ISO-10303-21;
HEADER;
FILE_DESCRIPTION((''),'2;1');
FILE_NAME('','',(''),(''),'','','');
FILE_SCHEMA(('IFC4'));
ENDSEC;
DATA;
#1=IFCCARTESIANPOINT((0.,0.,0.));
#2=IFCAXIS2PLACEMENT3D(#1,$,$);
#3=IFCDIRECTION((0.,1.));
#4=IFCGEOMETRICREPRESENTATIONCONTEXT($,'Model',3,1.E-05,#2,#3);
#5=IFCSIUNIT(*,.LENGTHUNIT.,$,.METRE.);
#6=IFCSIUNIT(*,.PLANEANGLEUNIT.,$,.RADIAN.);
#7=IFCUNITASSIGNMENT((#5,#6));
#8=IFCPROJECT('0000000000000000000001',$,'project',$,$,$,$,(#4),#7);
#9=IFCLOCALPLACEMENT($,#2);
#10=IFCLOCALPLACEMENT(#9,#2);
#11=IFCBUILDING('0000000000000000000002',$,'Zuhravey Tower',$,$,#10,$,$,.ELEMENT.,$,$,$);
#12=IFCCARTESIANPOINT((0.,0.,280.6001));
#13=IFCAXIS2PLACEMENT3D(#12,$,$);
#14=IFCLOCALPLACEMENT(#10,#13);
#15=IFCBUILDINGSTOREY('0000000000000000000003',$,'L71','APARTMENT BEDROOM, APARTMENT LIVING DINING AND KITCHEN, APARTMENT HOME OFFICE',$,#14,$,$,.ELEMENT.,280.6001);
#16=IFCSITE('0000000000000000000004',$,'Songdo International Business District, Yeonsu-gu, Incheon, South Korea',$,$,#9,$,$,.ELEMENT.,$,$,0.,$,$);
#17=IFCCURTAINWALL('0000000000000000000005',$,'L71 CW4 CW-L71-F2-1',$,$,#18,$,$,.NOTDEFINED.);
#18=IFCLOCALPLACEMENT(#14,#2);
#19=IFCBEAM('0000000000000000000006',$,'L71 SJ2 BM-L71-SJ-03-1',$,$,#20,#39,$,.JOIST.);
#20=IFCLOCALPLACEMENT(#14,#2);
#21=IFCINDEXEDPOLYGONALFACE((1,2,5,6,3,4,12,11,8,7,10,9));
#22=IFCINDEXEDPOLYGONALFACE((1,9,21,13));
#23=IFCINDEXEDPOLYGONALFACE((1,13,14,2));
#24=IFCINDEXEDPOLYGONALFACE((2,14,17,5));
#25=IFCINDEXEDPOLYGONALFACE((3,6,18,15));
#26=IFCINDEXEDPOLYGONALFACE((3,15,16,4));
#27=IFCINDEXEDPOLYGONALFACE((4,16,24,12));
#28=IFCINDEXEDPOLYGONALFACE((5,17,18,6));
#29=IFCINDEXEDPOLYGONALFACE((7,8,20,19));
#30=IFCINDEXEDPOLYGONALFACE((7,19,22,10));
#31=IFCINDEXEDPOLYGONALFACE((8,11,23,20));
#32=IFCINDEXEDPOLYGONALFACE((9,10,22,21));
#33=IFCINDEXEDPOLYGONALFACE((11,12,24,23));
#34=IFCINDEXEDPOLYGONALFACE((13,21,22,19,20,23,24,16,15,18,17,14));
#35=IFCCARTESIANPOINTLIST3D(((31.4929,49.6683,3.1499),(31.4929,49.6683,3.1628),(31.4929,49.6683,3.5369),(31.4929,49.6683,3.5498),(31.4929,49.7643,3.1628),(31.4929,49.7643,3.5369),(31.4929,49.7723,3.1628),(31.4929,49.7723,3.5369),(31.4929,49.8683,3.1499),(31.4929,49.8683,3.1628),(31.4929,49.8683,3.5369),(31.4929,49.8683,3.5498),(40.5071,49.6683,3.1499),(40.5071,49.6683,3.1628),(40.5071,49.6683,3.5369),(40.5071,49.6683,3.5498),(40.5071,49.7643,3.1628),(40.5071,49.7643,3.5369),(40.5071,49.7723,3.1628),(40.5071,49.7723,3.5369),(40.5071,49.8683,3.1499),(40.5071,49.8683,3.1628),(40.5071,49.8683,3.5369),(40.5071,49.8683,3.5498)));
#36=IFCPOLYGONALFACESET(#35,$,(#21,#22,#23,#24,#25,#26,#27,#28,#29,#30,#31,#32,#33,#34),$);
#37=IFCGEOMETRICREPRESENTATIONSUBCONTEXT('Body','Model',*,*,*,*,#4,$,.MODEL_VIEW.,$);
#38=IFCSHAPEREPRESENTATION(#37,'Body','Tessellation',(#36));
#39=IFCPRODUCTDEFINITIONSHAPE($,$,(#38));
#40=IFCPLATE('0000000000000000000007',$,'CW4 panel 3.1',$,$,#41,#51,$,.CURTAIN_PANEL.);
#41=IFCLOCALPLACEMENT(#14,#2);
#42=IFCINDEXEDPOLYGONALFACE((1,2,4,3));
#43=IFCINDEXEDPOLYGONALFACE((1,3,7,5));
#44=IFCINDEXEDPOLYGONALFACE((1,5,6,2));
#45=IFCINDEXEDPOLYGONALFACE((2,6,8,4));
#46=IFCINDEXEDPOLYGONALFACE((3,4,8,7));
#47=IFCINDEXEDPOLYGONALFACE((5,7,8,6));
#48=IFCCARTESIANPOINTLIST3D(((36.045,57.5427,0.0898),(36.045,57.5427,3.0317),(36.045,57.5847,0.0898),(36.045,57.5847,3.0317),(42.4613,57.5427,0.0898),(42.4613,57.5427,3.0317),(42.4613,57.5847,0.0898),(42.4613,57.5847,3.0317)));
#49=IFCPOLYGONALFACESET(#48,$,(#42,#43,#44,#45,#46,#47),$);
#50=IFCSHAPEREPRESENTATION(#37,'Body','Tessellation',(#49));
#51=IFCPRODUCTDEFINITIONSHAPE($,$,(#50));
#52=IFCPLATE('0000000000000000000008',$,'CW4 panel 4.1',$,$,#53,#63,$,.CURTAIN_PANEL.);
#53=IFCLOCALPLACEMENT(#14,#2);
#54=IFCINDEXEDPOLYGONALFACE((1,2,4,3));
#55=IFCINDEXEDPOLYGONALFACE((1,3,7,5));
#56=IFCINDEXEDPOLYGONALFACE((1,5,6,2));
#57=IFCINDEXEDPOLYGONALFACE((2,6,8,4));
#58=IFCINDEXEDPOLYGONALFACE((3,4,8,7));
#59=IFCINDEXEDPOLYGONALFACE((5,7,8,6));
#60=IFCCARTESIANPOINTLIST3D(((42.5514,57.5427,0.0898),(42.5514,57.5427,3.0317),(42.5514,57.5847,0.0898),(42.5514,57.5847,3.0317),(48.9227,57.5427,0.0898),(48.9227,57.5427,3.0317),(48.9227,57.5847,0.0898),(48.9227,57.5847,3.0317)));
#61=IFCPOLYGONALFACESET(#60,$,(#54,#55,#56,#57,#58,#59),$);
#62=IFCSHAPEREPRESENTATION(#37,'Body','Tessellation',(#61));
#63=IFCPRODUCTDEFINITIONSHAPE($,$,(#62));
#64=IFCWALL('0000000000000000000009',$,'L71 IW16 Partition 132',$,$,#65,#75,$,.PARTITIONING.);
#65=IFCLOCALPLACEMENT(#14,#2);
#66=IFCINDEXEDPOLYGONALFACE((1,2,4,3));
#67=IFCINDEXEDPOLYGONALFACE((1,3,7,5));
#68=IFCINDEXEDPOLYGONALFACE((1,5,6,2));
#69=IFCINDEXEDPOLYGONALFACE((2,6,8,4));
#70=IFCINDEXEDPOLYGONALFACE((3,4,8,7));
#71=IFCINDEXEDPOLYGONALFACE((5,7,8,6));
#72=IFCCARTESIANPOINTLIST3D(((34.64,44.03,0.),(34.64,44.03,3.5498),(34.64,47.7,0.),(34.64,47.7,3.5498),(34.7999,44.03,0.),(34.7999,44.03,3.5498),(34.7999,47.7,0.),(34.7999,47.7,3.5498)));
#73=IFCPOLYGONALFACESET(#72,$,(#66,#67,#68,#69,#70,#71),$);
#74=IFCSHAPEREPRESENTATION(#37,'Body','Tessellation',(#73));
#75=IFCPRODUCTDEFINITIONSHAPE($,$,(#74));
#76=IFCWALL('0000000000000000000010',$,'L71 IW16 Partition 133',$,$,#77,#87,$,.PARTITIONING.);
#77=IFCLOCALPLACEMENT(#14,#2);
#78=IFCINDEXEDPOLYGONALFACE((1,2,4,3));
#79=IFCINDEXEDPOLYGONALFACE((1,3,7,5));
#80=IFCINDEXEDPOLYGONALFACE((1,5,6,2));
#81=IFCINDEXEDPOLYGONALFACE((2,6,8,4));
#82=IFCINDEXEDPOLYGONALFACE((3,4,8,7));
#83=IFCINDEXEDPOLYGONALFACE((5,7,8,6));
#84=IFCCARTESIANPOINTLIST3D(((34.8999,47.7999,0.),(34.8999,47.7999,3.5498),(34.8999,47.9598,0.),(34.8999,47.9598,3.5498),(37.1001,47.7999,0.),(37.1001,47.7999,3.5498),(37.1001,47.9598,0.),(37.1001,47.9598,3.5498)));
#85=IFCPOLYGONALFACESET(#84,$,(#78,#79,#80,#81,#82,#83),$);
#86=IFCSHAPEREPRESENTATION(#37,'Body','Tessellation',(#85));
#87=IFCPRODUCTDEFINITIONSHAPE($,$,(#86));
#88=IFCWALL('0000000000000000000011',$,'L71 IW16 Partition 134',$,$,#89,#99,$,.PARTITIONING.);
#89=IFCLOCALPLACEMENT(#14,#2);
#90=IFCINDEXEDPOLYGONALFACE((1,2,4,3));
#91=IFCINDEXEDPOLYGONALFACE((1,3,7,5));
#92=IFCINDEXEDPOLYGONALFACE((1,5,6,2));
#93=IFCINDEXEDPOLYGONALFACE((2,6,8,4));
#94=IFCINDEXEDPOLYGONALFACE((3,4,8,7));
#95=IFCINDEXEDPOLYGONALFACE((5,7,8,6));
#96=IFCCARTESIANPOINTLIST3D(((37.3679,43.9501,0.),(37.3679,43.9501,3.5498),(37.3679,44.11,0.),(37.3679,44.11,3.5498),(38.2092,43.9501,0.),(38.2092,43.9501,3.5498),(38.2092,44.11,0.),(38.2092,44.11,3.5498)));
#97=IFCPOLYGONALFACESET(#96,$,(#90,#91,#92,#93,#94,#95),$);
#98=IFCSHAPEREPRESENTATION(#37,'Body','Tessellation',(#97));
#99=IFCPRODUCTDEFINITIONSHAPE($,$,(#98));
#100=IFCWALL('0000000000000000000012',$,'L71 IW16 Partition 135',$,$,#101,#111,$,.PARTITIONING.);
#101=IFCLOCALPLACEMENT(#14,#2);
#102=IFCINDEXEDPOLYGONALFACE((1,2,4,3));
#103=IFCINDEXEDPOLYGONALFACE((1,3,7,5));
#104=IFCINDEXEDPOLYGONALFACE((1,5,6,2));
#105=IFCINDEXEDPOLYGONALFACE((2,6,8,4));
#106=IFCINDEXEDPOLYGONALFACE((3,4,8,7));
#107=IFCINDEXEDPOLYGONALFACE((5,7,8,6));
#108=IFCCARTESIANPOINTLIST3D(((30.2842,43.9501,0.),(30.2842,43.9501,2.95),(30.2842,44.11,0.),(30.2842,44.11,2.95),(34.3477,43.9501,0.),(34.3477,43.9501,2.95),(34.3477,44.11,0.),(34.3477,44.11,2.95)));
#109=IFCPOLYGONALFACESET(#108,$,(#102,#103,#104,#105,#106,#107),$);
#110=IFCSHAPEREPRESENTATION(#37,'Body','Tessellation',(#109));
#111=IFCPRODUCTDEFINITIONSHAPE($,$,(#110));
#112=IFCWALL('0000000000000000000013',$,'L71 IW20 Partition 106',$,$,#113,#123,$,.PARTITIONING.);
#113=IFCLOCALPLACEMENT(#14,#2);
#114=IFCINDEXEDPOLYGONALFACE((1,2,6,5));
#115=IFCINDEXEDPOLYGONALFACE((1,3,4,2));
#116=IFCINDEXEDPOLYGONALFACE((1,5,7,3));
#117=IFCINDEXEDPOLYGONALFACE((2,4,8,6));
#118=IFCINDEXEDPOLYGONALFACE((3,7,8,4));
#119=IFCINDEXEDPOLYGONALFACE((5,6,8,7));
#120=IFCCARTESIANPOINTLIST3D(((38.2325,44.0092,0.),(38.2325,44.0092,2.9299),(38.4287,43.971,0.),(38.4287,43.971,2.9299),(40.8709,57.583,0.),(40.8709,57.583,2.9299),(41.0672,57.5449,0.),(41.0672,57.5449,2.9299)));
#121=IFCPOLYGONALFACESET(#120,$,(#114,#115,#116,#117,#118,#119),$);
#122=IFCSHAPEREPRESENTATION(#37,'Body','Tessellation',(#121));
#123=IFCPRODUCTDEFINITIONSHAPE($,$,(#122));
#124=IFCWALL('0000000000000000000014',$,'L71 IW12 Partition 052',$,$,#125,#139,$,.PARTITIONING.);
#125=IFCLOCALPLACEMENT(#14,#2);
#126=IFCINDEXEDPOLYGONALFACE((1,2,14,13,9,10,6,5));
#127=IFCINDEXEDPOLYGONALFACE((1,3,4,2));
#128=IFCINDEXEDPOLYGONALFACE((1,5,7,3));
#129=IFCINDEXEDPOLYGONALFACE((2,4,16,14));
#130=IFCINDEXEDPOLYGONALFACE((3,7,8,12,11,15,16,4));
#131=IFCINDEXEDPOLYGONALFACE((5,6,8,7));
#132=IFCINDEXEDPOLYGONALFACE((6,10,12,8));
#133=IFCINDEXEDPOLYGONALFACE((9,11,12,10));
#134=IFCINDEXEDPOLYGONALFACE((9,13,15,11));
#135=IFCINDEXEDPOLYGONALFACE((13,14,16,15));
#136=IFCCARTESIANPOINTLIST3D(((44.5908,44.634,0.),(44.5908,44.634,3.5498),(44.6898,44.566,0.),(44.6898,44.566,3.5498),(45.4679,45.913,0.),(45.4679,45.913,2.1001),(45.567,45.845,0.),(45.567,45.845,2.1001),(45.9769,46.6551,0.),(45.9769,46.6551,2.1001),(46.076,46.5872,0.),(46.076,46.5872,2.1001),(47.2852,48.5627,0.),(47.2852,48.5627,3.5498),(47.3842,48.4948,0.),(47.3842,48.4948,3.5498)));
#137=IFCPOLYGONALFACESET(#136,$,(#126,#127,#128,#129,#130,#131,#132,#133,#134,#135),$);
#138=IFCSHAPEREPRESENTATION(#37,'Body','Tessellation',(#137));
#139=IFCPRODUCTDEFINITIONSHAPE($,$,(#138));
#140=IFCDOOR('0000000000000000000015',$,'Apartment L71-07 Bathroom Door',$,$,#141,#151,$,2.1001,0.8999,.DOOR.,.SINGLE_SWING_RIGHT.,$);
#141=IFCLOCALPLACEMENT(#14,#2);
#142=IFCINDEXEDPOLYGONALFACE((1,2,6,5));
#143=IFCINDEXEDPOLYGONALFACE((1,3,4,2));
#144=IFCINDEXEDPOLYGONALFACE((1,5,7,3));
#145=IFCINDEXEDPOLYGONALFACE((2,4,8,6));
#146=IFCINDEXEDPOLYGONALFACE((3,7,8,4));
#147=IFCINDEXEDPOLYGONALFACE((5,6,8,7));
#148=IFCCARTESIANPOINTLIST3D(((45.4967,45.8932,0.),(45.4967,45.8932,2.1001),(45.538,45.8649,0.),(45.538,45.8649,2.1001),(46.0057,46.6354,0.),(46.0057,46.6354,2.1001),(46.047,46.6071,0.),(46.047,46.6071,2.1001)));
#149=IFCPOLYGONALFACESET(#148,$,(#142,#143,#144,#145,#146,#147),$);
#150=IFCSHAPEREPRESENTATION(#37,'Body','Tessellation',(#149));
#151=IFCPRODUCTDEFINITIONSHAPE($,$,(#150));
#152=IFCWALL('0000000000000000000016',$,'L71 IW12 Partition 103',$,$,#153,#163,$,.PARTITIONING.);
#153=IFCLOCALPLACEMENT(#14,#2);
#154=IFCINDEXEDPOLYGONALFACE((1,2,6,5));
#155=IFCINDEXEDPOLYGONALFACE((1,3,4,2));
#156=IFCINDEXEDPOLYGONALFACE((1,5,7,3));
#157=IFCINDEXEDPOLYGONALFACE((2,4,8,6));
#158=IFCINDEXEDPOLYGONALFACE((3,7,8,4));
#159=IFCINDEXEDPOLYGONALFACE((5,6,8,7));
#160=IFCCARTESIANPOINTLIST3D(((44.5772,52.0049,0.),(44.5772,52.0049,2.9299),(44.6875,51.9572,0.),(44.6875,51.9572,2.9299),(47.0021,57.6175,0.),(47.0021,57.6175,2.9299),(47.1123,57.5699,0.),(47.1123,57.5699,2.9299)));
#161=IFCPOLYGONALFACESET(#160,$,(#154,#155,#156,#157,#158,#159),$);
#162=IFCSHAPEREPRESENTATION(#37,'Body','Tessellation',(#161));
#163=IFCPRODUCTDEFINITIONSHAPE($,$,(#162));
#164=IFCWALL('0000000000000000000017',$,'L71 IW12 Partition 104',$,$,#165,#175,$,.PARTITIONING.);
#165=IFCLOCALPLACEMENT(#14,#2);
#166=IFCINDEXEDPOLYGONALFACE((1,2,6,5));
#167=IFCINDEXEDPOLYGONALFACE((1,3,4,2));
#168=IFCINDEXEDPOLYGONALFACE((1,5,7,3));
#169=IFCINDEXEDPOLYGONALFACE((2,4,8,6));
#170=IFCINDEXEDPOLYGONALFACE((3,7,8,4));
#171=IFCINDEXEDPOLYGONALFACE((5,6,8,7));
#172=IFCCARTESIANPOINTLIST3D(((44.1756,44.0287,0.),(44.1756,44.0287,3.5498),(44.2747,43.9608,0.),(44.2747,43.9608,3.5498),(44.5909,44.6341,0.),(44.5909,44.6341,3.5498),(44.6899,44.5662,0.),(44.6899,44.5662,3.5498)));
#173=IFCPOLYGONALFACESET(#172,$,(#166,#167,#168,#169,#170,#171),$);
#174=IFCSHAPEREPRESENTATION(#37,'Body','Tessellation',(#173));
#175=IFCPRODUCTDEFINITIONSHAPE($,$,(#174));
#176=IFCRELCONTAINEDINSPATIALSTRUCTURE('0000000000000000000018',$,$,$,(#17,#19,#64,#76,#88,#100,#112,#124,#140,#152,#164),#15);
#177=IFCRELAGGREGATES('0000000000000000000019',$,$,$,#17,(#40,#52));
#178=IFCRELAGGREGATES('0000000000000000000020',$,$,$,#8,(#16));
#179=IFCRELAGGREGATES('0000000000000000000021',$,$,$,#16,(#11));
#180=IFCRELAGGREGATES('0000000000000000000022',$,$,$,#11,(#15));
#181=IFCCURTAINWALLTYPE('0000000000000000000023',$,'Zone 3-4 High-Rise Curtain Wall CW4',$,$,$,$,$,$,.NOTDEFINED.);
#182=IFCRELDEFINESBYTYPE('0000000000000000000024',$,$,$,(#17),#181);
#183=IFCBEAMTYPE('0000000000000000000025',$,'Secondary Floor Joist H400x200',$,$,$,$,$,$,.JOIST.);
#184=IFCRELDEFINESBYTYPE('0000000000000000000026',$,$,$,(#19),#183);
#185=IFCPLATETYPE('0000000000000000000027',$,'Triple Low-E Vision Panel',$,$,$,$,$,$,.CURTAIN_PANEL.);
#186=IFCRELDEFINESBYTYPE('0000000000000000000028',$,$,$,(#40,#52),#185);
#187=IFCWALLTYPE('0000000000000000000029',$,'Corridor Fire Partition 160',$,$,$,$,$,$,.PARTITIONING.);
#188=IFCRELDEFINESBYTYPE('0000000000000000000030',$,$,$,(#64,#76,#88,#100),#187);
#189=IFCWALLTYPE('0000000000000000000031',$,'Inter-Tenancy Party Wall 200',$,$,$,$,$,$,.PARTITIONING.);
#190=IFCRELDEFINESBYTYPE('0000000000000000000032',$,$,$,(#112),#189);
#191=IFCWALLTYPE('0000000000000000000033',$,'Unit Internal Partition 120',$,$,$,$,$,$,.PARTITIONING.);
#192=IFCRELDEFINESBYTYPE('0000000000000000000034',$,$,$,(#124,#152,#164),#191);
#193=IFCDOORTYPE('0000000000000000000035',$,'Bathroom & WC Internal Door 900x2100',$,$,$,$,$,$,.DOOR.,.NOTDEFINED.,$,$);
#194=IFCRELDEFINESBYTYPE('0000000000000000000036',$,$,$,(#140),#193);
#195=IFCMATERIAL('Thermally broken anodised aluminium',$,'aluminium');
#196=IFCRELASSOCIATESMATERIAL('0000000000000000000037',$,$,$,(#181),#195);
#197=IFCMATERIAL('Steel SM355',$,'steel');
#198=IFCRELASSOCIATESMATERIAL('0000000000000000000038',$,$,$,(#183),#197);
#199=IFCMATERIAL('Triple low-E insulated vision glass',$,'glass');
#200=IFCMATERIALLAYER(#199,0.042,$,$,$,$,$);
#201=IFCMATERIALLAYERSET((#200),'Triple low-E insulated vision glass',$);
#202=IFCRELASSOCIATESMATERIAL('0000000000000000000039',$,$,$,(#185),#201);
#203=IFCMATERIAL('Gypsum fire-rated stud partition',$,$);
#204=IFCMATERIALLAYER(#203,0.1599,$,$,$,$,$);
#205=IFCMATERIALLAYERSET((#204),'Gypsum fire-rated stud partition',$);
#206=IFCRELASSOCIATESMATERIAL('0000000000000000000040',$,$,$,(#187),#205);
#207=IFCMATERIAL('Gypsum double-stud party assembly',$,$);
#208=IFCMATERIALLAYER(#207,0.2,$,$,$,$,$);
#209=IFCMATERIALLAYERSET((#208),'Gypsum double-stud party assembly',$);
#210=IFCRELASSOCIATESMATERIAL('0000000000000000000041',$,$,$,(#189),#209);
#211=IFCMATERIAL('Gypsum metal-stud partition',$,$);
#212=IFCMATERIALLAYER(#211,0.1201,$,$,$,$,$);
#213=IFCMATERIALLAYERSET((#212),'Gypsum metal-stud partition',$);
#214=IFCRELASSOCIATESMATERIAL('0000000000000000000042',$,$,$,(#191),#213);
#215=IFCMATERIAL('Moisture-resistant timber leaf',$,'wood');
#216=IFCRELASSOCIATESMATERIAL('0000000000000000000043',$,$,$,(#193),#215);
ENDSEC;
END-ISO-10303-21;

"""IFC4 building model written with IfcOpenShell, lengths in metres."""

from ifc_helpers import new_model, si_unit, direction, frame, frame_2d, origin, origin_2d, place, context, subcontext, project, spatial, rectangle, i_section, extrude, material, layer, layer_set, material_profile, profile_set, type_object, element, fill, aggregate, save


model = new_model("IFC4")

# Units and contexts
model_context = context("Model", 3, precision=1e-05, world=origin(), true_north=direction((0.0, 1.0)))
body_context = subcontext(model_context, "Body", "Model", "MODEL_VIEW")
ifc_project = project(units=[si_unit("LENGTHUNIT", "METRE"), si_unit("PLANEANGLEUNIT", "RADIAN")], contexts=[model_context])

# Site, building, storey
site_placement = place(None, origin())
site = spatial("IfcSite", under=ifc_project, at=site_placement, Name="Songdo International Business District, Yeonsu-gu, Incheon, South Korea", CompositionType="ELEMENT", RefElevation=0.0)
building_placement = place(site_placement, origin())
building = spatial("IfcBuilding", under=site, at=building_placement, Name="Zuhravey Tower", CompositionType="ELEMENT")
storey_placement = place(building_placement, frame((0.0, 0.0, 280.6001)))
storey = spatial("IfcBuildingStorey", under=building, at=storey_placement, Name="L71", Description="APARTMENT BEDROOM, APARTMENT LIVING DINING AND KITCHEN, APARTMENT HOME OFFICE", CompositionType="ELEMENT", Elevation=280.6001)

# Curtain wall
ifc_material_1 = material(Name="Thermally broken anodised aluminium", Category="aluminium")
curtain_wall_type = type_object("IfcCurtainWallType", Name="Zone 3-4 High-Rise Curtain Wall CW4", PredefinedType="NOTDEFINED", material=ifc_material_1)
curtain_wall_placement = place(storey_placement, origin())
curtain_wall = element("IfcCurtainWall", 1, at=curtain_wall_placement, inside=storey, type_object=curtain_wall_type, Name="L71 CW4 CW-L71-F2-1", PredefinedType="NOTDEFINED")

# Beam
ifc_material_2 = material(Name="Steel SM355", Category="steel")
ifc_material_profile_1 = material_profile(ifc_material_2, i_section(OverallWidth=0.2, OverallDepth=0.3999, WebThickness=0.0081, FlangeThickness=0.0129, at=origin_2d()), Name="H-400x200x8x13")
ifc_profile_set_1 = profile_set([ifc_material_profile_1], Name="Steel SM355")
beam_type_1 = type_object("IfcBeamType", Name="Secondary Floor Joist H400x200", PredefinedType="JOIST", material=ifc_profile_set_1)
beam_1_placement = place(storey_placement, frame((40.5071, 49.7683, 3.3499), z_axis=(-1.0, 0.0, 0.0), x_axis=(0.0, -1.0, 0.0)))
element("IfcBeam", 2, at=beam_1_placement, inside=storey, type_object=beam_type_1, Name="L71 SJ2 BM-L71-SJ-03-1", PredefinedType="JOIST", context=body_context, shape_type="SweptSolid", body=[
    extrude(i_section(OverallWidth=0.2, OverallDepth=0.3999, WebThickness=0.0081, FlangeThickness=0.0129, at=origin_2d()), origin(), (0.0, 0.0, 1.0), 9.0142),
])

# Plates
ifc_material_3 = material(Name="Triple low-E insulated vision glass", Category="glass")
ifc_layer_1 = layer(ifc_material_3, 0.042)
ifc_layer_set_1 = layer_set([ifc_layer_1], Name="Triple low-E insulated vision glass")
plate_type = type_object("IfcPlateType", Name="Triple Low-E Vision Panel", PredefinedType="CURTAIN_PANEL", material=ifc_layer_set_1)
plate_1_placement = place(storey_placement, frame((39.2532, 57.5637, 0.0898), z_axis=(0.0, 0.0, 1.0), x_axis=(1.0, 0.0, 0.0)))
plate_1 = element("IfcPlate", 3, at=plate_1_placement, type_object=plate_type, Name="CW4 panel 3.1", PredefinedType="CURTAIN_PANEL", context=body_context, shape_type="SweptSolid", body=[
    extrude(rectangle(XDim=6.4163, YDim=0.042, at=origin_2d()), origin(), (0.0, 0.0, 1.0), 2.9419),
])
plate_2_placement = place(storey_placement, frame((45.7371, 57.5637, 0.0898), z_axis=(0.0, 0.0, 1.0), x_axis=(1.0, 0.0, 0.0)))
plate_2 = element("IfcPlate", 4, at=plate_2_placement, type_object=plate_type, Name="CW4 panel 4.1", PredefinedType="CURTAIN_PANEL", context=body_context, shape_type="SweptSolid", body=[
    extrude(rectangle(XDim=6.3713, YDim=0.042, at=origin_2d()), origin(), (0.0, 0.0, 1.0), 2.9419),
])
aggregate(curtain_wall, [plate_1, plate_2])

# Shared definitions
ifc_material_4 = material(Name="Gypsum fire-rated stud partition")
ifc_layer_2 = layer(ifc_material_4, 0.1599)
ifc_layer_set_2 = layer_set([ifc_layer_2], Name="Gypsum fire-rated stud partition")
wall_type_1 = type_object("IfcWallType", Name="Corridor Fire Partition 160", PredefinedType="PARTITIONING", material=ifc_layer_set_2)

# Walls
wall_1_placement = place(storey_placement, frame((34.72, 47.7, 0.0), z_axis=(0.0, 0.0, 1.0), x_axis=(0.0, -1.0, 0.0)))
element("IfcWall", 5, at=wall_1_placement, inside=storey, type_object=wall_type_1, Name="L71 IW16 Partition 132", PredefinedType="PARTITIONING", context=body_context, shape_type="SweptSolid", body=[
    extrude(rectangle(XDim=3.6699, YDim=0.1599, at=frame_2d((1.835, 0.0))), origin(), (0.0, 0.0, 1.0), 3.5498),
])
wall_2_placement = place(storey_placement, frame((37.1001, 47.8799, 0.0), z_axis=(0.0, 0.0, 1.0), x_axis=(-1.0, 0.0, 0.0)))
element("IfcWall", 6, at=wall_2_placement, inside=storey, type_object=wall_type_1, Name="L71 IW16 Partition 133", PredefinedType="PARTITIONING", context=body_context, shape_type="SweptSolid", body=[
    extrude(rectangle(XDim=2.2002, YDim=0.1599, at=frame_2d((1.1001, 0.0))), origin(), (0.0, 0.0, 1.0), 3.5498),
])
wall_3_placement = place(storey_placement, frame((38.2092, 44.03, 0.0), z_axis=(0.0, 0.0, 1.0), x_axis=(-1.0, 0.0, 0.0)))
element("IfcWall", 7, at=wall_3_placement, inside=storey, type_object=wall_type_1, Name="L71 IW16 Partition 134", PredefinedType="PARTITIONING", context=body_context, shape_type="SweptSolid", body=[
    extrude(rectangle(XDim=0.8413, YDim=0.1599, at=frame_2d((0.4207, 0.0))), origin(), (0.0, 0.0, 1.0), 3.5498),
])
wall_4_placement = place(storey_placement, frame((34.3477, 44.03, 0.0), z_axis=(0.0, 0.0, 1.0), x_axis=(-1.0, 0.0, 0.0)))
element("IfcWall", 8, at=wall_4_placement, inside=storey, type_object=wall_type_1, Name="L71 IW16 Partition 135", PredefinedType="PARTITIONING", context=body_context, shape_type="SweptSolid", body=[
    extrude(rectangle(XDim=4.0635, YDim=0.1599, at=frame_2d((2.0317, 0.0))), origin(), (0.0, 0.0, 1.0), 2.95),
])
ifc_material_5 = material(Name="Gypsum double-stud party assembly")
ifc_layer_3 = layer(ifc_material_5, 0.2)
ifc_layer_set_3 = layer_set([ifc_layer_3], Name="Gypsum double-stud party assembly")
wall_type_2 = type_object("IfcWallType", Name="Inter-Tenancy Party Wall 200", PredefinedType="PARTITIONING", material=ifc_layer_set_3)
wall_5_placement = place(storey_placement, frame((38.3306, 43.99, 0.0), z_axis=(0.0, 0.0, 1.0), x_axis=(0.190806, 0.981628, 0.0)))
element("IfcWall", 9, at=wall_5_placement, inside=storey, type_object=wall_type_2, Name="L71 IW20 Partition 106", PredefinedType="PARTITIONING", context=body_context, shape_type="SweptSolid", body=[
    extrude(rectangle(XDim=13.8279, YDim=0.2, at=frame_2d((6.9141, 0.0))), origin(), (0.0, 0.0, 1.0), 2.9299),
])

# Wall, opening, door
ifc_material_6 = material(Name="Gypsum metal-stud partition")
ifc_layer_4 = layer(ifc_material_6, 0.1201)
ifc_layer_set_4 = layer_set([ifc_layer_4], Name="Gypsum metal-stud partition")
wall_type_3 = type_object("IfcWallType", Name="Unit Internal Partition 120", PredefinedType="PARTITIONING", material=ifc_layer_set_4)
wall_6_placement = place(storey_placement, frame((44.6404, 44.6001, 0.0), z_axis=(0.0, 0.0, 1.0), x_axis=(0.56558, 0.824693, 0.0)))
wall_6 = element("IfcWall", 10, at=wall_6_placement, inside=storey, type_object=wall_type_3, Name="L71 IW12 Partition 052", PredefinedType="PARTITIONING", context=body_context, shape_type="SweptSolid", body=[
    extrude(rectangle(XDim=4.7639, YDim=0.1201, at=frame_2d((2.3818, 0.0))), origin(), (0.0, 0.0, 1.0), 3.5498),
])
opening_1_placement = place(wall_6_placement, frame((1.5508, 0.0, 0.0)))
opening_1 = element("IfcOpeningElement", 11, at=opening_1_placement, cuts=wall_6, PredefinedType="OPENING", context=body_context, shape_type="SweptSolid", body=[
    extrude(rectangle(XDim=0.8999, YDim=2.1001, at=frame_2d((0.45, 1.05))), frame((0.0, 0.072, 0.0), z_axis=(0.0, -1.0, 0.0), x_axis=(1.0, 0.0, 0.0)), (0.0, 0.0, 1.0), 0.144),
])
ifc_material_7 = material(Name="Moisture-resistant timber leaf", Category="wood")
door_type_1 = type_object("IfcDoorType", Name="Bathroom & WC Internal Door 900x2100", OperationType="NOTDEFINED", PredefinedType="DOOR", material=ifc_material_7)
door_1_placement = place(opening_1_placement, frame((0.8999, 0.0, 0.0), z_axis=(0.0, 0.0, 1.0), x_axis=(-1.0, 0.0, 0.0)))
door_1 = element("IfcDoor", 12, at=door_1_placement, inside=storey, type_object=door_type_1, Name="Apartment L71-07 Bathroom Door", OperationType="SINGLE_SWING_RIGHT", OverallHeight=2.1001, OverallWidth=0.8999, PredefinedType="DOOR", context=body_context, shape_type="SweptSolid", body=[
    extrude(rectangle(XDim=0.8999, YDim=2.1001, at=frame_2d((0.45, 1.05))), frame((0.0, 0.0249, 0.0), z_axis=(0.0, -1.0, 0.0), x_axis=(1.0, 0.0, 0.0)), (0.0, 0.0, 1.0), 0.05),
])
fill(opening_1, door_1)

# Walls
wall_7_placement = place(storey_placement, frame((44.6323, 51.981, 0.0), z_axis=(0.0, 0.0, 1.0), x_axis=(0.396602, 0.917991, 0.0)))
element("IfcWall", 13, at=wall_7_placement, inside=storey, type_object=wall_type_3, Name="L71 IW12 Partition 103", PredefinedType="PARTITIONING", context=body_context, shape_type="SweptSolid", body=[
    extrude(rectangle(XDim=6.114, YDim=0.1201, at=frame_2d((3.0571, 0.0))), origin(), (0.0, 0.0, 1.0), 2.9299),
])
wall_8_placement = place(storey_placement, frame((44.2251, 43.9946, 0.0), z_axis=(0.0, 0.0, 1.0), x_axis=(0.565625, 0.824662, 0.0)))
element("IfcWall", 14, at=wall_8_placement, inside=storey, type_object=wall_type_3, Name="L71 IW12 Partition 104", PredefinedType="PARTITIONING", context=body_context, shape_type="SweptSolid", body=[
    extrude(rectangle(XDim=0.7341, YDim=0.1201, at=frame_2d((0.3672, 0.0))), origin(), (0.0, 0.0, 1.0), 3.5498),
])

save(model, "model.ifc")
